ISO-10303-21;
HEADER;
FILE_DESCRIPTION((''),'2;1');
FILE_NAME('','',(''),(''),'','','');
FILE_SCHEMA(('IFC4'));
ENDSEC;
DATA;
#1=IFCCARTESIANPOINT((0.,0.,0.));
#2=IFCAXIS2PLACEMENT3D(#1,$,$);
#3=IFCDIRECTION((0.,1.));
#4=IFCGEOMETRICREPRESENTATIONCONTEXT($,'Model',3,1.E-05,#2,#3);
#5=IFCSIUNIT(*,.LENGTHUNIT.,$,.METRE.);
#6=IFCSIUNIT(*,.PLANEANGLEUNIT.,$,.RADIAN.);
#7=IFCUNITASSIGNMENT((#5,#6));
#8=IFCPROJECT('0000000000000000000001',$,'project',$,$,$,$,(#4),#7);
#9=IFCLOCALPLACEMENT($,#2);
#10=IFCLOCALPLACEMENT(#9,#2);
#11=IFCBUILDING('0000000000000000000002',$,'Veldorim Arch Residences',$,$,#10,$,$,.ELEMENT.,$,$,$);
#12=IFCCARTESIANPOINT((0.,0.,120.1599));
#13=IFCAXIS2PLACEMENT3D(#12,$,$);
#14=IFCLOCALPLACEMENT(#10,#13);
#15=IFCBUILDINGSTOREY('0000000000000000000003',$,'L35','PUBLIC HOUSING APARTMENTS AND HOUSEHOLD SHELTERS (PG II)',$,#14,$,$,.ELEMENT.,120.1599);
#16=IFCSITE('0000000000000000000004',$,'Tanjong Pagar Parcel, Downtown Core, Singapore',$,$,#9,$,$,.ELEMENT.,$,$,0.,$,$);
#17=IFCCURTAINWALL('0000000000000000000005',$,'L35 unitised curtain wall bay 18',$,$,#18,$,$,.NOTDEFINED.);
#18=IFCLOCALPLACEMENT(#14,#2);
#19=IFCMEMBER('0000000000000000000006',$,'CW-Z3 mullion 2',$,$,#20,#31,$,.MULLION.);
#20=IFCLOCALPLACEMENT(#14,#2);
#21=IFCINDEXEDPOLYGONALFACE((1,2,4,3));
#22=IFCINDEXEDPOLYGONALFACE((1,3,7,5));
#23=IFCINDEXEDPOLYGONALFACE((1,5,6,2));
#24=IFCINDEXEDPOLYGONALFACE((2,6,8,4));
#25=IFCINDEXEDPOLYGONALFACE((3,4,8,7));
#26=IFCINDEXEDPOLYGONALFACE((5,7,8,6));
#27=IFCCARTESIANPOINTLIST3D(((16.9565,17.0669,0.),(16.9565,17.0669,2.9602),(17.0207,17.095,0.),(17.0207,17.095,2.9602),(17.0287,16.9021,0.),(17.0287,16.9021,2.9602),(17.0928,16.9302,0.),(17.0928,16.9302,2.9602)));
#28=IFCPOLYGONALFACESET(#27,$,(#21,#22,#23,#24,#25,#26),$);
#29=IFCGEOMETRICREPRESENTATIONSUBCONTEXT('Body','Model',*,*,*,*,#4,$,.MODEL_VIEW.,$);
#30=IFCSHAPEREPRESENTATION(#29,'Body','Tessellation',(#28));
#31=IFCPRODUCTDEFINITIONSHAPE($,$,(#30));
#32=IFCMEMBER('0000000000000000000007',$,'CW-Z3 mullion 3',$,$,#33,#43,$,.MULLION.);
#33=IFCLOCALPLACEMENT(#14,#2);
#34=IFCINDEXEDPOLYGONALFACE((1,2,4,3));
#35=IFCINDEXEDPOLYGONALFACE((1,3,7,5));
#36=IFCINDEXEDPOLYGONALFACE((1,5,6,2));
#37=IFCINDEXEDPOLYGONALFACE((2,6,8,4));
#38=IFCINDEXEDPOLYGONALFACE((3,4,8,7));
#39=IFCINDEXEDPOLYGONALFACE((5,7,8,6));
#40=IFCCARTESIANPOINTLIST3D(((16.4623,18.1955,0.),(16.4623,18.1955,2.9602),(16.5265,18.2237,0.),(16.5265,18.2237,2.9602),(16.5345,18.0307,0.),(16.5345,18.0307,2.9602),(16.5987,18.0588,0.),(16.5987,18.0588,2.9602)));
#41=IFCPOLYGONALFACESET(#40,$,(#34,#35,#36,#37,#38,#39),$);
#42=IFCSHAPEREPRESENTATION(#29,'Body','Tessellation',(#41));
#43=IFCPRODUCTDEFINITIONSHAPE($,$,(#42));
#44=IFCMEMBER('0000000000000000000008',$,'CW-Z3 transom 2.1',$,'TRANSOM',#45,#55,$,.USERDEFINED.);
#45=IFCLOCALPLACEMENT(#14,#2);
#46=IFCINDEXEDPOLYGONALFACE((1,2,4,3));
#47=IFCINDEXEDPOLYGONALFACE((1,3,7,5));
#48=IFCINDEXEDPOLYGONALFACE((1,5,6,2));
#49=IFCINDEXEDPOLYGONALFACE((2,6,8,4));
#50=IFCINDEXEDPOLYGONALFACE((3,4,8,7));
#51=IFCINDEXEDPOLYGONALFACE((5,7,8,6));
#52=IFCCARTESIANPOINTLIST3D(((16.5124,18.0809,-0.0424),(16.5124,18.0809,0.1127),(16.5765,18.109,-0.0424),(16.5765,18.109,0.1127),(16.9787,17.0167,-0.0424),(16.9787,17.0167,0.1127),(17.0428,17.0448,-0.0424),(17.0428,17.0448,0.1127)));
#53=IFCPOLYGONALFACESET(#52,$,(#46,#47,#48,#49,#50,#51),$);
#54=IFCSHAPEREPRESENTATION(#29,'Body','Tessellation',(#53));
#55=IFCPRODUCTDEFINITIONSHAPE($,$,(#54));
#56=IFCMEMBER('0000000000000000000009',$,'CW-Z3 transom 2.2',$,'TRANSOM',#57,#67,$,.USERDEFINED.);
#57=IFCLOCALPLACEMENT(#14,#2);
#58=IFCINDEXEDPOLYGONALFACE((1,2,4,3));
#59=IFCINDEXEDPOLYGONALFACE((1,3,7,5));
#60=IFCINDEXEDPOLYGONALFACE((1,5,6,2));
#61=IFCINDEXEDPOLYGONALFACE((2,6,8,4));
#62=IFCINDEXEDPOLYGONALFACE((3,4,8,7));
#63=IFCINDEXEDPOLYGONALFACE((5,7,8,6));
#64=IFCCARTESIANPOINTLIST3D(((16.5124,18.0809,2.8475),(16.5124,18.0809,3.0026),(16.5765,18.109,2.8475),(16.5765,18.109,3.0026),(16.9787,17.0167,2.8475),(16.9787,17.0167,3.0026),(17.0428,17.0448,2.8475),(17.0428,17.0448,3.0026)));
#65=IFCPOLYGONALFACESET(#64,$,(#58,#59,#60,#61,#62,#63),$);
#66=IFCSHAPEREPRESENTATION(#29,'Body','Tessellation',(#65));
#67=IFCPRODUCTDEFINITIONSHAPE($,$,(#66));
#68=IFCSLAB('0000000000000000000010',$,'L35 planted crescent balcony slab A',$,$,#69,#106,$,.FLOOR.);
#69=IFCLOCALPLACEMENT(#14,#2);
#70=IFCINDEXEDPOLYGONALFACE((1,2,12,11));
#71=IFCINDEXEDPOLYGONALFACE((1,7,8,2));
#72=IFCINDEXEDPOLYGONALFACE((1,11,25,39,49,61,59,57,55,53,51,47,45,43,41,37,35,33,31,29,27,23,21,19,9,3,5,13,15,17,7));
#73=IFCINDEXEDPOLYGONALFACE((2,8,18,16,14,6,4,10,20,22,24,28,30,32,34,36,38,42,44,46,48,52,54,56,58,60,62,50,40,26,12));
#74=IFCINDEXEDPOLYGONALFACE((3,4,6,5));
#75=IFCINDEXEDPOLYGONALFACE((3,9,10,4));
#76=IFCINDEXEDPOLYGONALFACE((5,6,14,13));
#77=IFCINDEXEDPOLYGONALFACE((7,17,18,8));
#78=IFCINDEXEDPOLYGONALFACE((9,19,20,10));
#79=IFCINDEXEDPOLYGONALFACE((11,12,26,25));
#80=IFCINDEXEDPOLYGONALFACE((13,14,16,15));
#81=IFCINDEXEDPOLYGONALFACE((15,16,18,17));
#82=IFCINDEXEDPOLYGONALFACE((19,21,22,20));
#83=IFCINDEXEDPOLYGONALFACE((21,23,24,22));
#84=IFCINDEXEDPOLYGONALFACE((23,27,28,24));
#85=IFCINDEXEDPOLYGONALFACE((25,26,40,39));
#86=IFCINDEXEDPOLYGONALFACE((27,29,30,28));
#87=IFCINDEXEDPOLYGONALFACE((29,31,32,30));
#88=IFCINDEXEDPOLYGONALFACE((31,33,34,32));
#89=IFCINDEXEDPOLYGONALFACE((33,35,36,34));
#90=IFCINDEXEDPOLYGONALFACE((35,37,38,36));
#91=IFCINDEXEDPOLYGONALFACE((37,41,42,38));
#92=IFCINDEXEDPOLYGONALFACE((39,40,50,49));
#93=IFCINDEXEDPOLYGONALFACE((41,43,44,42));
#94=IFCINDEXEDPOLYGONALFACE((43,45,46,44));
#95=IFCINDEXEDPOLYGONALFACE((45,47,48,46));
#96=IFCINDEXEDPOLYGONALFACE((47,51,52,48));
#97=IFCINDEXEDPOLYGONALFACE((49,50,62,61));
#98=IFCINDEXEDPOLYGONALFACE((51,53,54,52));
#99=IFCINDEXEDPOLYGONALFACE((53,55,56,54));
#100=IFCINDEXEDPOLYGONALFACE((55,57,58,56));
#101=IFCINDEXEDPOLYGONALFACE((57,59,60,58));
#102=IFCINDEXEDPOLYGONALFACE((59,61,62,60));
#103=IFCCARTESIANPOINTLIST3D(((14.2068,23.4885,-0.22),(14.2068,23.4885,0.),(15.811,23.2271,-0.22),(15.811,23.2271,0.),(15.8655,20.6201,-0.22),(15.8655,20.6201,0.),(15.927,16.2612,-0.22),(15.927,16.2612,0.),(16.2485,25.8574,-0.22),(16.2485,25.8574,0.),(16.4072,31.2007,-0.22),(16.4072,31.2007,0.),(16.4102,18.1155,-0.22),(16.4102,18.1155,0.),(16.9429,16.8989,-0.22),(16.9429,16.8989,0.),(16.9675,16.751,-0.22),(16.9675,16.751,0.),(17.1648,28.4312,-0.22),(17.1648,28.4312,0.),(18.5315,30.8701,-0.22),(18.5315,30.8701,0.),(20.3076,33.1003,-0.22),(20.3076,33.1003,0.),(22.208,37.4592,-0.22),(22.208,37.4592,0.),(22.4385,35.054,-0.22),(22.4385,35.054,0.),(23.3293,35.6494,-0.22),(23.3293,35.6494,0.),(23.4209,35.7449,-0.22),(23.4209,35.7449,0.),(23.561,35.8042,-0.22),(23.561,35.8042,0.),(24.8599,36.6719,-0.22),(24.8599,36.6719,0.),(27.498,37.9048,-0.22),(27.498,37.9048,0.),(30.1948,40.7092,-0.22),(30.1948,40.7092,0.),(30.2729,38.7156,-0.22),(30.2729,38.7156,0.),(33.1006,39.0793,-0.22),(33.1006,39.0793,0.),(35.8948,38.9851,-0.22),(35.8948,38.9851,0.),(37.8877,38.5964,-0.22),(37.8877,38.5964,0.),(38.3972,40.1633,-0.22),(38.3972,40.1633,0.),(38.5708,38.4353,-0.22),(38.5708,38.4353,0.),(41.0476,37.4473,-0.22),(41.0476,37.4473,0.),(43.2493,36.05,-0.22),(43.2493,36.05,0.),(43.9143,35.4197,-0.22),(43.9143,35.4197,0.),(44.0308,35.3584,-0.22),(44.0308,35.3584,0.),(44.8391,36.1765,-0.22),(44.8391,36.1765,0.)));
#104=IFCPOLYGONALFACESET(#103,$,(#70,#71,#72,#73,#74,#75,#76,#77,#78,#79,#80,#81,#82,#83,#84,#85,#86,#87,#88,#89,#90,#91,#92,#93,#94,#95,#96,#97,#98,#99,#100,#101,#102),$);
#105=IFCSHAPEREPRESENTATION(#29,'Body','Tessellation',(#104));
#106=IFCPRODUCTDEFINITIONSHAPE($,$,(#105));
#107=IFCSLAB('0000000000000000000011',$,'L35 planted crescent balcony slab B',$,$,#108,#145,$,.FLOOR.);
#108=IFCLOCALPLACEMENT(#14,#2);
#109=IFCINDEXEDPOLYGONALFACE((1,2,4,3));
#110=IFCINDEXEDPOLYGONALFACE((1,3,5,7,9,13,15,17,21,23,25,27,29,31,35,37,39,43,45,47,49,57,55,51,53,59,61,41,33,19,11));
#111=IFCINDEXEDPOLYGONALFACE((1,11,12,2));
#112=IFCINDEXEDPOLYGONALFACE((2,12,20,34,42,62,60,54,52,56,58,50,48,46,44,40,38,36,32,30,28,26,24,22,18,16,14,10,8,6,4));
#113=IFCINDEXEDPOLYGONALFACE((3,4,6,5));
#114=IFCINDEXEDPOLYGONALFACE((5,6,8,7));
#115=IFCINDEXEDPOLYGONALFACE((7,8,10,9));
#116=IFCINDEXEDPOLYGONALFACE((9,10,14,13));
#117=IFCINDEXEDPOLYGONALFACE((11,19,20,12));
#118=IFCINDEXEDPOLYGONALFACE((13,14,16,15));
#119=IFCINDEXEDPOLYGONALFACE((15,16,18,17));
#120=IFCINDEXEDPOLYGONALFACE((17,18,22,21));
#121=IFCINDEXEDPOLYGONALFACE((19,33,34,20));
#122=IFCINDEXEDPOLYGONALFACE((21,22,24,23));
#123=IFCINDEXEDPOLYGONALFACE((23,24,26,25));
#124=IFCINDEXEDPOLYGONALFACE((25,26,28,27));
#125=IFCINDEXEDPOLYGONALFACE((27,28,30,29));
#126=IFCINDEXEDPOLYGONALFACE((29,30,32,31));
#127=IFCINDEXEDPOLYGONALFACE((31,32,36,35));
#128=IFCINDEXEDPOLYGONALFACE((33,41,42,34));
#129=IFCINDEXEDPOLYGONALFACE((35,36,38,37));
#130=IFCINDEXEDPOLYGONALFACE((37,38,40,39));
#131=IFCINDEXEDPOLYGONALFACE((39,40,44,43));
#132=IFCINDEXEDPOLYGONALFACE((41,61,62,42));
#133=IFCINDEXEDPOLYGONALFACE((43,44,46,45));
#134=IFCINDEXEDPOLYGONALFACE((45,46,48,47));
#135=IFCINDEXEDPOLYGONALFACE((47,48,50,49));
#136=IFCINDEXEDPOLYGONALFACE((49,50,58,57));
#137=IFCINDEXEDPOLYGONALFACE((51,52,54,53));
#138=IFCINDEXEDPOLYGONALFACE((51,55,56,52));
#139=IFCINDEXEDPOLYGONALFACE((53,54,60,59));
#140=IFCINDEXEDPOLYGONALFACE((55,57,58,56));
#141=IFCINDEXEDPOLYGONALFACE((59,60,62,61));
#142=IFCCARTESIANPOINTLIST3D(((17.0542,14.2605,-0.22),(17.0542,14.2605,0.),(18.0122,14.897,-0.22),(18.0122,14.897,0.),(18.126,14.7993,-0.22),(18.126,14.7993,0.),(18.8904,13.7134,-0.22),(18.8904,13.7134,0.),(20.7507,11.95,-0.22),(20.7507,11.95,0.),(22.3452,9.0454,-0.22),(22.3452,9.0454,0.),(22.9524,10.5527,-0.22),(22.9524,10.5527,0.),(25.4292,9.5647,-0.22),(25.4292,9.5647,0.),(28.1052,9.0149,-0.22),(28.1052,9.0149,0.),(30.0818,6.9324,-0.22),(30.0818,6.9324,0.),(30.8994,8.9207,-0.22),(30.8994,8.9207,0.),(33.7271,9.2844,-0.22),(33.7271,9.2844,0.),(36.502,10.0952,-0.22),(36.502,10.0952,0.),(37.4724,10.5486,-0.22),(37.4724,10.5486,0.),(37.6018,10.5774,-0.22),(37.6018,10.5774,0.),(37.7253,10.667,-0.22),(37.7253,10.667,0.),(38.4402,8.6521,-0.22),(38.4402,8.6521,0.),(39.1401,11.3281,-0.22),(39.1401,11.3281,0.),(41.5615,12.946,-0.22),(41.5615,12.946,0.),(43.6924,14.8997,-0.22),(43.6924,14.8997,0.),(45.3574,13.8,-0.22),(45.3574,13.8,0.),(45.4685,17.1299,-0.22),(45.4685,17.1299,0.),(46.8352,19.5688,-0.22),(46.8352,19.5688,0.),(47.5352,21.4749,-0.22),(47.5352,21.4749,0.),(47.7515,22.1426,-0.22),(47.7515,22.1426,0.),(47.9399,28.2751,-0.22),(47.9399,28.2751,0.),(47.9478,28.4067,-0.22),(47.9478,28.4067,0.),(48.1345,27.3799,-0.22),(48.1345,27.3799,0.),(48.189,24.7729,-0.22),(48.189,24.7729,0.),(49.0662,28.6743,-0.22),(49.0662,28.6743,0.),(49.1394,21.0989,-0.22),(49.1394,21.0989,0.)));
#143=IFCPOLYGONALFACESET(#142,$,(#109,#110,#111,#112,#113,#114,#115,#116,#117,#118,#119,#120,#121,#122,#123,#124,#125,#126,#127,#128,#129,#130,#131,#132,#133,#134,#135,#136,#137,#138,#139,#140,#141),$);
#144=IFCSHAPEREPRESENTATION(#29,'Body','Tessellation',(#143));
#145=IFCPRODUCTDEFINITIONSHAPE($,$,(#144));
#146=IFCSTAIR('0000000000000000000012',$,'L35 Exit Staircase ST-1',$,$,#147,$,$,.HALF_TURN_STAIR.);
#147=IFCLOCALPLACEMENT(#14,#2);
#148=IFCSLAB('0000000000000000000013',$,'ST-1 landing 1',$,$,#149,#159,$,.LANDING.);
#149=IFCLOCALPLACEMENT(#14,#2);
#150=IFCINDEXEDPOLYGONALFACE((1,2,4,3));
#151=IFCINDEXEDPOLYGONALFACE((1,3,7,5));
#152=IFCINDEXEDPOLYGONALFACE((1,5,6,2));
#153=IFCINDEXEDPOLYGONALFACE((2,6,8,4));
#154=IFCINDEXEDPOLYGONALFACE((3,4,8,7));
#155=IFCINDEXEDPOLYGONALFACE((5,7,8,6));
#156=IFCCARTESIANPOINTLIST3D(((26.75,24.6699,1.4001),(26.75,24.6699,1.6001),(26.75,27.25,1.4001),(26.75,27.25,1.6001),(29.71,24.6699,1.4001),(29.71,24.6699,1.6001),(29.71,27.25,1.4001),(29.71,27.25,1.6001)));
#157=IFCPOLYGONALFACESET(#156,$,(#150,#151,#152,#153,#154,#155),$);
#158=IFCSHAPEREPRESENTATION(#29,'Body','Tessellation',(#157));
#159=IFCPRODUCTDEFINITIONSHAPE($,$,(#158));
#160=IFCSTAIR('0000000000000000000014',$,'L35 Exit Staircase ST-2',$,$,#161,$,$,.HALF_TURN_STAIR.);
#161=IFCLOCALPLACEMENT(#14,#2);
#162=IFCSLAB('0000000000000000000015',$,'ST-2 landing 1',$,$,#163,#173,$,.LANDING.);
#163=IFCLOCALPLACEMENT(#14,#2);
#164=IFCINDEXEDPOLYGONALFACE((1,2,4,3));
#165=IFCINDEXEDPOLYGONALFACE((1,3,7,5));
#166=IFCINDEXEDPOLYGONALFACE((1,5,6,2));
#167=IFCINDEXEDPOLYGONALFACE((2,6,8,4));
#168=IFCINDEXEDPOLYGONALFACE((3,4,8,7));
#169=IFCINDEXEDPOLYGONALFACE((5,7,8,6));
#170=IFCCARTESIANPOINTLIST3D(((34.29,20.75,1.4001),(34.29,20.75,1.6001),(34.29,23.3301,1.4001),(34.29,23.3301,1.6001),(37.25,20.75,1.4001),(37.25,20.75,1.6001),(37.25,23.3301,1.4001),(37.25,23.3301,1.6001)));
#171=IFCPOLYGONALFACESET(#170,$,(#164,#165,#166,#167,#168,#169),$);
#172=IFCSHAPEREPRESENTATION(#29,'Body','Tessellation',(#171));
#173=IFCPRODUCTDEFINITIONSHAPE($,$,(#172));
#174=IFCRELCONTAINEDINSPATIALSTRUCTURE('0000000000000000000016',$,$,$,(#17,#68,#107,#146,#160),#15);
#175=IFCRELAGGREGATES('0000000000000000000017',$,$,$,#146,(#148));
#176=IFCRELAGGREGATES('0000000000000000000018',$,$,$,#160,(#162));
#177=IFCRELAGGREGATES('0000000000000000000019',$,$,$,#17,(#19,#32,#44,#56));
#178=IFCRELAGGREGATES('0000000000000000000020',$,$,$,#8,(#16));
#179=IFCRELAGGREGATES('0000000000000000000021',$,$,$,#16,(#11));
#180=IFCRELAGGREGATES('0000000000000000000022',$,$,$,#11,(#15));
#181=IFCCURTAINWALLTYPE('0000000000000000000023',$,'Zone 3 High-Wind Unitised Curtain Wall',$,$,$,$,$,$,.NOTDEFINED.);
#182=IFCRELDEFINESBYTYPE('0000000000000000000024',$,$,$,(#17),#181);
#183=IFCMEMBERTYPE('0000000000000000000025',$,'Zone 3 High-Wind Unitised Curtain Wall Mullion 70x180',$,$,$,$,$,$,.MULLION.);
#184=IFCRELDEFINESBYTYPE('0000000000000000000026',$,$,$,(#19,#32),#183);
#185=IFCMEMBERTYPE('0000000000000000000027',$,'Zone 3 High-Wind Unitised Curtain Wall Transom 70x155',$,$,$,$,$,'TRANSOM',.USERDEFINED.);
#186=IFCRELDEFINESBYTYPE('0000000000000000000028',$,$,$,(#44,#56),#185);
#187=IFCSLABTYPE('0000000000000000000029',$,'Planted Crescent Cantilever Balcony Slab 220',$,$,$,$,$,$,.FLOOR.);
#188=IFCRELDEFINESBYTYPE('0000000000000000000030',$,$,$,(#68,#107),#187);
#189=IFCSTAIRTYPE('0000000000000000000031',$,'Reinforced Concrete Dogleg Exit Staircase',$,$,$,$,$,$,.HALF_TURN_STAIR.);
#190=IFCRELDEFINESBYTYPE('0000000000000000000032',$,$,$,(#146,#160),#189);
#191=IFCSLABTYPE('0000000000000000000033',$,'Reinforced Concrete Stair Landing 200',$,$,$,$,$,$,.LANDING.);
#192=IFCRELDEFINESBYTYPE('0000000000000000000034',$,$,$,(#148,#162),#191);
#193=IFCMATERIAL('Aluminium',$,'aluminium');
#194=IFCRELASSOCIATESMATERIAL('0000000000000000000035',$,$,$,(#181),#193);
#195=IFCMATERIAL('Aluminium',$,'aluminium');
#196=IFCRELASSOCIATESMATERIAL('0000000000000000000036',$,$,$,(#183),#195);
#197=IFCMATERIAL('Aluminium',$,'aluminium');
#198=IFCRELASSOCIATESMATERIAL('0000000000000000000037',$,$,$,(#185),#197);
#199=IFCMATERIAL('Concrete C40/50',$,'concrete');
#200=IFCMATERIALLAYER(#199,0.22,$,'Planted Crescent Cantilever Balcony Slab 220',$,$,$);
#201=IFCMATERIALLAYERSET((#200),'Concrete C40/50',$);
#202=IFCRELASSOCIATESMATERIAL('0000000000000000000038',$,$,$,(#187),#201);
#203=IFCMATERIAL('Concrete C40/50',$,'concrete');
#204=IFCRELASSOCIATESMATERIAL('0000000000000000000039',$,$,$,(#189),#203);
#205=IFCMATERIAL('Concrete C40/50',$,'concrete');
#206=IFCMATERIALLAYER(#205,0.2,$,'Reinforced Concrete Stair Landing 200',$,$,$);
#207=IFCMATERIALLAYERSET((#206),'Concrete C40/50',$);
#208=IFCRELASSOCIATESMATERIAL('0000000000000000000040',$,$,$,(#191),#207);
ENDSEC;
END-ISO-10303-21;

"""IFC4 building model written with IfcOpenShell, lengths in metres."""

from ifc_helpers import new_model, si_unit, direction, frame, origin, origin_2d, place, context, subcontext, project, spatial, polyline, rectangle, outline, extrude, material, layer, layer_set, material_profile, profile_set, type_object, element, aggregate, save


model = new_model("IFC4")

# Units and contexts
model_context = context("Model", 3, precision=1e-05, world=origin(), true_north=direction((0.0, 1.0)))
body_context = subcontext(model_context, "Body", "Model", "MODEL_VIEW")
ifc_project = project(units=[si_unit("LENGTHUNIT", "METRE"), si_unit("PLANEANGLEUNIT", "RADIAN")], contexts=[model_context])

# Site, building, storey
site_placement = place(None, origin())
site = spatial("IfcSite", under=ifc_project, at=site_placement, Name="Tanjong Pagar Parcel, Downtown Core, Singapore", CompositionType="ELEMENT", RefElevation=0.0)
building_placement = place(site_placement, origin())
building = spatial("IfcBuilding", under=site, at=building_placement, Name="Veldorim Arch Residences", CompositionType="ELEMENT")
storey_placement = place(building_placement, frame((0.0, 0.0, 120.1599)))
storey = spatial("IfcBuildingStorey", under=building, at=storey_placement, Name="L35", Description="PUBLIC HOUSING APARTMENTS AND HOUSEHOLD SHELTERS (PG II)", CompositionType="ELEMENT", Elevation=120.1599)

# Curtain wall, members
ifc_material_1 = material(Name="Aluminium", Category="aluminium")
curtain_wall_type = type_object("IfcCurtainWallType", Name="Zone 3 High-Wind Unitised Curtain Wall", PredefinedType="NOTDEFINED", material=ifc_material_1)
curtain_wall_placement = place(storey_placement, origin())
curtain_wall = element("IfcCurtainWall", 1, at=curtain_wall_placement, inside=storey, type_object=curtain_wall_type, Name="L35 unitised curtain wall bay 18", PredefinedType="NOTDEFINED")
ifc_material_2 = material(Name="Aluminium", Category="aluminium")
ifc_material_profile_1 = material_profile(ifc_material_2, rectangle(XDim=0.0701, YDim=0.1799, at=origin_2d()), Name="ALU_MUL_70x180")
ifc_profile_set_1 = profile_set([ifc_material_profile_1], Name="Aluminium")
member_type_1 = type_object("IfcMemberType", Name="Zone 3 High-Wind Unitised Curtain Wall Mullion 70x180", PredefinedType="MULLION", material=ifc_profile_set_1)
member_1_placement = place(storey_placement, frame((17.0247, 16.9985, 0.0), z_axis=(0.0, 0.0, 1.0), x_axis=(-0.915987, -0.401208, 0.0)))
member_1 = element("IfcMember", 2, at=member_1_placement, type_object=member_type_1, Name="CW-Z3 mullion 2", PredefinedType="MULLION", context=body_context, shape_type="SweptSolid", body=[
    extrude(rectangle(XDim=0.0701, YDim=0.1799, at=origin_2d()), origin(), (0.0, 0.0, 1.0), 2.9602),
])
member_2_placement = place(storey_placement, frame((16.5305, 18.1272, 0.0), z_axis=(0.0, 0.0, 1.0), x_axis=(-0.915987, -0.401208, 0.0)))
member_2 = element("IfcMember", 3, at=member_2_placement, type_object=member_type_1, Name="CW-Z3 mullion 3", PredefinedType="MULLION", context=body_context, shape_type="SweptSolid", body=[
    extrude(rectangle(XDim=0.0701, YDim=0.1799, at=origin_2d()), origin(), (0.0, 0.0, 1.0), 2.9602),
])
ifc_material_3 = material(Name="Aluminium", Category="aluminium")
ifc_material_profile_2 = material_profile(ifc_material_3, rectangle(XDim=0.0701, YDim=0.155, at=origin_2d()), Name="ALU_TRN_70x155")
ifc_profile_set_2 = profile_set([ifc_material_profile_2], Name="Aluminium")
member_type_2 = type_object("IfcMemberType", Name="Zone 3 High-Wind Unitised Curtain Wall Transom 70x155", ElementType="TRANSOM", PredefinedType="USERDEFINED", material=ifc_profile_set_2)
member_3_placement = place(storey_placement, frame((17.0107, 17.0308, 0.0352), z_axis=(-0.401337, 0.915931, 0.0), x_axis=(-0.915931, -0.401337, 0.0)))
member_3 = element("IfcMember", 4, at=member_3_placement, type_object=member_type_2, Name="CW-Z3 transom 2.1", ObjectType="TRANSOM", PredefinedType="USERDEFINED", context=body_context, shape_type="SweptSolid", body=[
    extrude(rectangle(XDim=0.0701, YDim=0.155, at=origin_2d()), origin(), (0.0, 0.0, 1.0), 1.1619),
])
member_4_placement = place(storey_placement, frame((17.0107, 17.0308, 2.925), z_axis=(-0.401337, 0.915931, 0.0), x_axis=(-0.915931, -0.401337, 0.0)))
member_4 = element("IfcMember", 5, at=member_4_placement, type_object=member_type_2, Name="CW-Z3 transom 2.2", ObjectType="TRANSOM", PredefinedType="USERDEFINED", context=body_context, shape_type="SweptSolid", body=[
    extrude(rectangle(XDim=0.0701, YDim=0.155, at=origin_2d()), origin(), (0.0, 0.0, 1.0), 1.1619),
])

# Slabs
ifc_material_4 = material(Name="Concrete C40/50", Category="concrete")
ifc_layer_1 = layer(ifc_material_4, 0.22, Name="Planted Crescent Cantilever Balcony Slab 220")
ifc_layer_set_1 = layer_set([ifc_layer_1], Name="Concrete C40/50")
slab_type_1 = type_object("IfcSlabType", Name="Planted Crescent Cantilever Balcony Slab 220", PredefinedType="FLOOR", material=ifc_layer_set_1)
slab_1_placement = place(storey_placement, frame((0.0, 0.0, -0.22)))
element("IfcSlab", 6, at=slab_1_placement, inside=storey, type_object=slab_type_1, Name="L35 planted crescent balcony slab A", PredefinedType="FLOOR", context=body_context, shape_type="SweptSolid", body=[
    extrude(outline(polyline([(43.9143, 35.4197), (43.2493, 36.05), (41.0476, 37.4473), (38.5708, 38.4353), (37.8877, 38.5964), (35.8948, 38.9851), (33.1006, 39.0793), (30.2729, 38.7156), (27.498, 37.9048), (24.8599, 36.6719), (23.561, 35.8042), (23.4209, 35.7449), (23.3293, 35.6494), (22.4385, 35.054), (20.3076, 33.1003), (18.5315, 30.8701), (17.1648, 28.4312), (16.2485, 25.8574), (15.811, 23.2271), (15.8655, 20.6201), (16.4102, 18.1155), (16.9429, 16.8989), (16.9675, 16.751), (15.927, 16.2612), (14.2068, 23.4885), (16.4072, 31.2007), (22.208, 37.4592), (30.1948, 40.7092), (38.3972, 40.1633), (44.8391, 36.1765), (44.0308, 35.3584), (43.9143, 35.4197)])), origin(), (0.0, 0.0, 1.0), 0.22),
])
slab_2_placement = place(storey_placement, frame((0.0, 0.0, -0.22)))
element("IfcSlab", 7, at=slab_2_placement, inside=storey, type_object=slab_type_1, Name="L35 planted crescent balcony slab B", PredefinedType="FLOOR", context=body_context, shape_type="SweptSolid", body=[
    extrude(outline(polyline([(18.126, 14.7993), (18.8904, 13.7134), (20.7507, 11.95), (22.9524, 10.5527), (25.4292, 9.5647), (28.1052, 9.0149), (30.8994, 8.9207), (33.7271, 9.2844), (36.502, 10.0952), (37.4724, 10.5486), (37.6018, 10.5774), (37.7253, 10.667), (39.1401, 11.3281), (41.5615, 12.946), (43.6924, 14.8997), (45.4685, 17.1299), (46.8352, 19.5688), (47.5352, 21.4749), (47.7515, 22.1426), (48.189, 24.7729), (48.1345, 27.3799), (47.9399, 28.2751), (47.9478, 28.4067), (49.0662, 28.6743), (49.1394, 21.0989), (45.3574, 13.8), (38.4402, 8.6521), (30.0818, 6.9324), (22.3452, 9.0454), (17.0542, 14.2605), (18.0122, 14.897), (18.126, 14.7993)])), origin(), (0.0, 0.0, 1.0), 0.22),
])

# Stairs, slabs
ifc_material_5 = material(Name="Concrete C40/50", Category="concrete")
stair_type = type_object("IfcStairType", Name="Reinforced Concrete Dogleg Exit Staircase", PredefinedType="HALF_TURN_STAIR", material=ifc_material_5)
stair_1_placement = place(storey_placement, origin())
stair_1 = element("IfcStair", 8, at=stair_1_placement, inside=storey, type_object=stair_type, Name="L35 Exit Staircase ST-1", PredefinedType="HALF_TURN_STAIR")
ifc_material_6 = material(Name="Concrete C40/50", Category="concrete")
ifc_layer_2 = layer(ifc_material_6, 0.2, Name="Reinforced Concrete Stair Landing 200")
ifc_layer_set_2 = layer_set([ifc_layer_2], Name="Concrete C40/50")
slab_type_2 = type_object("IfcSlabType", Name="Reinforced Concrete Stair Landing 200", PredefinedType="LANDING", material=ifc_layer_set_2)
slab_3_placement = place(storey_placement, frame((0.0, 0.0, 1.4001)))
slab_3 = element("IfcSlab", 9, at=slab_3_placement, type_object=slab_type_2, Name="ST-1 landing 1", PredefinedType="LANDING", context=body_context, shape_type="SweptSolid", body=[
    extrude(outline(polyline([(29.71, 24.6699), (29.71, 27.25), (26.75, 27.25), (26.75, 24.6699), (29.71, 24.6699)])), origin(), (0.0, 0.0, 1.0), 0.2),
])
aggregate(stair_1, [slab_3])
stair_2_placement = place(storey_placement, origin())
stair_2 = element("IfcStair", 10, at=stair_2_placement, inside=storey, type_object=stair_type, Name="L35 Exit Staircase ST-2", PredefinedType="HALF_TURN_STAIR")
slab_4_placement = place(storey_placement, frame((0.0, 0.0, 1.4001)))
slab_4 = element("IfcSlab", 11, at=slab_4_placement, type_object=slab_type_2, Name="ST-2 landing 1", PredefinedType="LANDING", context=body_context, shape_type="SweptSolid", body=[
    extrude(outline(polyline([(34.29, 23.3301), (34.29, 20.75), (37.25, 20.75), (37.25, 23.3301), (34.29, 23.3301)])), origin(), (0.0, 0.0, 1.0), 0.2),
])
aggregate(stair_2, [slab_4])

aggregate(curtain_wall, [member_1, member_2, member_3, member_4])

save(model, "model.ifc")
